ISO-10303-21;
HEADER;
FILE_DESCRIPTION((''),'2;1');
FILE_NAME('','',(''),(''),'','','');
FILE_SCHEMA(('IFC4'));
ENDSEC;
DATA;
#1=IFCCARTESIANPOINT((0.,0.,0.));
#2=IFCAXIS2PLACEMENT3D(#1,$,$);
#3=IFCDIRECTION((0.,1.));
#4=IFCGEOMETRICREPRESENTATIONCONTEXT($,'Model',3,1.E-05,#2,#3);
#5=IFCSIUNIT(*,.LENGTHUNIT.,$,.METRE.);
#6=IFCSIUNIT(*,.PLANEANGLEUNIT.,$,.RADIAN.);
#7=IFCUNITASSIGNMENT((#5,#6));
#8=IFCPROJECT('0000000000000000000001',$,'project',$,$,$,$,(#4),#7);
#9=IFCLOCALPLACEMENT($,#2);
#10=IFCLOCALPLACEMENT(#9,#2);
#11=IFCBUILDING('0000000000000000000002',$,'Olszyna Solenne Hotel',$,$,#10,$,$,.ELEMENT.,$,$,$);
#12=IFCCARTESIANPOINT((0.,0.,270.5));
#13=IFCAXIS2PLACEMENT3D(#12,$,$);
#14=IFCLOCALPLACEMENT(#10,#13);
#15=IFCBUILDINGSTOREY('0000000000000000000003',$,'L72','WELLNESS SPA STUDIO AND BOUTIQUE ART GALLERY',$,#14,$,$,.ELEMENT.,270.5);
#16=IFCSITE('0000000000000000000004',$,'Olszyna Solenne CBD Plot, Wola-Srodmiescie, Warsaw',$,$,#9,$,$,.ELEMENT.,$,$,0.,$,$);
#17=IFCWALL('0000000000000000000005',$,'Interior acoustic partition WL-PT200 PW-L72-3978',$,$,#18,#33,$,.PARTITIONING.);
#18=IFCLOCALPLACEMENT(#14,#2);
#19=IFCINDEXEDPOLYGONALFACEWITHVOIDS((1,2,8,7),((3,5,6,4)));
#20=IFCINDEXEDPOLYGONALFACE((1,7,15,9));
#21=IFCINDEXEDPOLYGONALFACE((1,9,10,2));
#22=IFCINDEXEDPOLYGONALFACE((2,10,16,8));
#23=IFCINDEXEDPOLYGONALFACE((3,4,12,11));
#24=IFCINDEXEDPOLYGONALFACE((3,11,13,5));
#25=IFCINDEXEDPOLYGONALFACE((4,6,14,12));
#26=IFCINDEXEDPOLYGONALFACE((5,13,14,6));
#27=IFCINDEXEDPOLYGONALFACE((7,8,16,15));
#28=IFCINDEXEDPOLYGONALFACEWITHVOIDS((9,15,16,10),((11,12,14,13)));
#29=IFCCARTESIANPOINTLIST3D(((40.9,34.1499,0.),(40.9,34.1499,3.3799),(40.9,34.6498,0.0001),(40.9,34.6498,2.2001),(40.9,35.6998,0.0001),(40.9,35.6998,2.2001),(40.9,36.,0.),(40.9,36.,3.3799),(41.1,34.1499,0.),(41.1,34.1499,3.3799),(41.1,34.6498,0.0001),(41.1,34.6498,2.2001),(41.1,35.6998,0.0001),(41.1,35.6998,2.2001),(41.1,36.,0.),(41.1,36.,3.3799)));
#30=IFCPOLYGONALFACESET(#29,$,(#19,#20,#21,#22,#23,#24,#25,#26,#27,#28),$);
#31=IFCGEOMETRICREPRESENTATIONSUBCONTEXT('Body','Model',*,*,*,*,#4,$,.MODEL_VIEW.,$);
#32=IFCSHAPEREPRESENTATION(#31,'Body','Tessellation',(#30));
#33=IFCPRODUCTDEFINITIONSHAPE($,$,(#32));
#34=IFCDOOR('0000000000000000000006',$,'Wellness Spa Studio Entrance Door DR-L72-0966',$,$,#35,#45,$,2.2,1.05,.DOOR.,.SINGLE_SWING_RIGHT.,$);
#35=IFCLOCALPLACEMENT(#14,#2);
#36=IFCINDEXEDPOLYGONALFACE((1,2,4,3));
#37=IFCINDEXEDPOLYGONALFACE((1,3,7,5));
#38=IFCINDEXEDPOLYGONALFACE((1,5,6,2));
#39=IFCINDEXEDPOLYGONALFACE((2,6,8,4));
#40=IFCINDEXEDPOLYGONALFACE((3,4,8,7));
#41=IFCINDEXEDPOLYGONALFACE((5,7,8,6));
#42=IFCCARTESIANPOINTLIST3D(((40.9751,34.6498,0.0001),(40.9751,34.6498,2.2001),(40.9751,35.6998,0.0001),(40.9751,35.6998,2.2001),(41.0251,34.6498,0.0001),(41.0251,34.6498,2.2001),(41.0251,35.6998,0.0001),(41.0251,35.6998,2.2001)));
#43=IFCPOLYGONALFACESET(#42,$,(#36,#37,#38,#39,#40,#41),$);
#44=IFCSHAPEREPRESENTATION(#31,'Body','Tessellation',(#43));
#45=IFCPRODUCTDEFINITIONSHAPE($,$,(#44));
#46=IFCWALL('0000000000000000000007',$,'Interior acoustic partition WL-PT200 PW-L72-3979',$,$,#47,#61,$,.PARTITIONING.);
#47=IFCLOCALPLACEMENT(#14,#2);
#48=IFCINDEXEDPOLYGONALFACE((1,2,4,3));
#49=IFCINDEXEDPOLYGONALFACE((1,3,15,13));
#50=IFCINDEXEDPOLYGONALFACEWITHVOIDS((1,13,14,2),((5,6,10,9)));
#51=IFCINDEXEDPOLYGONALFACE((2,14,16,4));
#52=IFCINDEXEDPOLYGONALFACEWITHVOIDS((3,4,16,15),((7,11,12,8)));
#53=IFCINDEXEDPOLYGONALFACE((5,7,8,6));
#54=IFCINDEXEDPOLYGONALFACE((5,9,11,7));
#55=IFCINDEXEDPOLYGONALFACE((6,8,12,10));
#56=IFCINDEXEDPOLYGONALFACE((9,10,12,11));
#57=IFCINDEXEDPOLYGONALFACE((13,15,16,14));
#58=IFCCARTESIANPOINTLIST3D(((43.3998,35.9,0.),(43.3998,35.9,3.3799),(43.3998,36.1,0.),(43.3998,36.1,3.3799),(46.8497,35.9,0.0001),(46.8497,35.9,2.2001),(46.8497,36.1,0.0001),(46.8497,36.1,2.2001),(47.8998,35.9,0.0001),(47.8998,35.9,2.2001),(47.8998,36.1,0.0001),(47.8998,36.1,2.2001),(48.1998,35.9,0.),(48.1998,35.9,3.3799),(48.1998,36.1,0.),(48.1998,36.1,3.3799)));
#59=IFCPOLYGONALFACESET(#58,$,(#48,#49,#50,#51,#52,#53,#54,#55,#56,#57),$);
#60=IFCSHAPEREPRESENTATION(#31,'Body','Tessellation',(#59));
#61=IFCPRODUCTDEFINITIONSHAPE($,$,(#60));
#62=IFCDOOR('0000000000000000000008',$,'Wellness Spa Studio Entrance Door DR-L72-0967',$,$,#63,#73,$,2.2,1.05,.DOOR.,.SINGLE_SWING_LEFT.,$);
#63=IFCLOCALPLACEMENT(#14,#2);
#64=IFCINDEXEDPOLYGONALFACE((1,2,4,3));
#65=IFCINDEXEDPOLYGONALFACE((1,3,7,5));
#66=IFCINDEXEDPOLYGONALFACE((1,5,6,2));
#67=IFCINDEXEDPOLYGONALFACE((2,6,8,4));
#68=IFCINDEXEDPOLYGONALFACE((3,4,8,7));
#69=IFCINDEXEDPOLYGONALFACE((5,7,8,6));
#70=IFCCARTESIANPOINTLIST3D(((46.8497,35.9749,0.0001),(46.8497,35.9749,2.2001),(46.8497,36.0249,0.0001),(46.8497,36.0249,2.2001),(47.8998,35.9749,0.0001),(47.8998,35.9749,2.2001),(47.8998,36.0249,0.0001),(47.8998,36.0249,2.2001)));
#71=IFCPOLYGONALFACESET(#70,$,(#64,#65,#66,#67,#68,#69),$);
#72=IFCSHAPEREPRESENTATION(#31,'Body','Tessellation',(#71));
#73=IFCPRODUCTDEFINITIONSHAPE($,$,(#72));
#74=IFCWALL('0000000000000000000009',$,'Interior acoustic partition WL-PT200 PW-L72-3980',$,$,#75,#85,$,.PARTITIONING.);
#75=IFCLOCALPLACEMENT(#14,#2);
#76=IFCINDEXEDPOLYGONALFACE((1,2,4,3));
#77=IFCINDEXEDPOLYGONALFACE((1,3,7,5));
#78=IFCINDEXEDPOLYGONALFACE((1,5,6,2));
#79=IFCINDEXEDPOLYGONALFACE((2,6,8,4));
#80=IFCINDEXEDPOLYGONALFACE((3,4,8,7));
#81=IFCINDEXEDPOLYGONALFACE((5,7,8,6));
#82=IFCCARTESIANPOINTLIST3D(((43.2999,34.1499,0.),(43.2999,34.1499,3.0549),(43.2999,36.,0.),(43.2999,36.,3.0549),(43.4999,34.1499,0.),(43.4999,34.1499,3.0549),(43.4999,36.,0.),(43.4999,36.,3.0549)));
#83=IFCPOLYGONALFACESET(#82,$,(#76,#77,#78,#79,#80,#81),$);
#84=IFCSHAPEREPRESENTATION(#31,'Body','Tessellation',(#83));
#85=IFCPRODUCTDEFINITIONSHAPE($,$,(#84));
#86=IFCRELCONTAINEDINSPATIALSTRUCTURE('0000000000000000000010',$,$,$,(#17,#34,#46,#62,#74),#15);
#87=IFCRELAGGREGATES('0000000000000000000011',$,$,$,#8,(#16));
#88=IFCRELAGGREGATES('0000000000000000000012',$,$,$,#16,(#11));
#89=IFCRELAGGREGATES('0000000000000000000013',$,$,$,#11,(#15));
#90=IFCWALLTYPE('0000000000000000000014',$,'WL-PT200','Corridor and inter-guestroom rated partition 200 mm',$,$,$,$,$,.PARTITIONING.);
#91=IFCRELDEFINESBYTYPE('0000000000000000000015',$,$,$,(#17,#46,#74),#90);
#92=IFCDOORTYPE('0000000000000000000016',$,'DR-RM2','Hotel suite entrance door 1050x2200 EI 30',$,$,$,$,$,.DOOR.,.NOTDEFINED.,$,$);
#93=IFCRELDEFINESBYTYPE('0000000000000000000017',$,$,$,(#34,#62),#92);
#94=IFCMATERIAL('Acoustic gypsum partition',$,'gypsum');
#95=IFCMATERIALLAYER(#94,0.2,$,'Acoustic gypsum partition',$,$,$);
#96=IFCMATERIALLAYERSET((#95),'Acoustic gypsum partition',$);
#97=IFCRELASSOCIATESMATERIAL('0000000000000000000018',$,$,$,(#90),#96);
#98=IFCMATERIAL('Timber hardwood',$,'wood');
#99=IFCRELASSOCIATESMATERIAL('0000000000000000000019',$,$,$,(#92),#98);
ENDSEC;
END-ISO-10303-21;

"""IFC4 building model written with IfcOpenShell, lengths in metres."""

from ifc_helpers import new_model, si_unit, direction, frame, frame_2d, origin, place, context, subcontext, project, spatial, rectangle, extrude, source, transform, mapped, material, layer, layer_set, type_object, type_shapes, element, fill, save


model = new_model("IFC4")

# Units and contexts
model_context = context("Model", 3, precision=1e-05, world=origin(), true_north=direction((0.0, 1.0)))
body_context = subcontext(model_context, "Body", "Model", "MODEL_VIEW")
ifc_project = project(units=[si_unit("LENGTHUNIT", "METRE"), si_unit("PLANEANGLEUNIT", "RADIAN")], contexts=[model_context])

# Site, building, storey
site_placement = place(None, origin())
site = spatial("IfcSite", under=ifc_project, at=site_placement, Name="Olszyna Solenne CBD Plot, Wola-Srodmiescie, Warsaw", CompositionType="ELEMENT", RefElevation=0.0)
building_placement = place(site_placement, origin())
building = spatial("IfcBuilding", under=site, at=building_placement, Name="Olszyna Solenne Hotel", CompositionType="ELEMENT")
storey_placement = place(building_placement, frame((0.0, 0.0, 270.5)))
storey = spatial("IfcBuildingStorey", under=building, at=storey_placement, Name="L72", Description="WELLNESS SPA STUDIO AND BOUTIQUE ART GALLERY", CompositionType="ELEMENT", Elevation=270.5)

# Shared definitions
ifc_material_1 = material(Name="Timber hardwood", Category="wood")

# Shared definitions
ifc_material_2 = material(Name="Acoustic gypsum partition", Category="gypsum")
ifc_layer_1 = layer(ifc_material_2, 0.2, Name="Acoustic gypsum partition")
ifc_layer_set_1 = layer_set([ifc_layer_1], Name="Acoustic gypsum partition")
wall_type_1 = type_object("IfcWallType", Name="WL-PT200", Description="Corridor and inter-guestroom rated partition 200 mm", PredefinedType="PARTITIONING", material=ifc_layer_set_1)

# Walls, openings, doors
wall_1_placement = place(storey_placement, frame((41.0, 34.1499, 0.0), z_axis=(0.0, 0.0, 1.0), x_axis=(0.0, 1.0, 0.0)))
wall_1 = element("IfcWall", 1, at=wall_1_placement, inside=storey, type_object=wall_type_1, Name="Interior acoustic partition WL-PT200 PW-L72-3978", PredefinedType="PARTITIONING", context=body_context, shape_type="SweptSolid", body=[
    extrude(rectangle(XDim=1.8501, YDim=0.2, at=frame_2d((0.925, 0.0))), origin(), (0.0, 0.0, 1.0), 3.3799),
])
opening_1_placement = place(wall_1_placement, frame((0.5, 0.0, 0.0)))
opening_1 = element("IfcOpeningElement", 2, at=opening_1_placement, cuts=wall_1, PredefinedType="OPENING", context=body_context, shape_type="SweptSolid", body=[
    extrude(rectangle(XDim=1.05, YDim=2.2, at=frame_2d((0.5249, 1.1001))), frame((0.0, 0.1099, 0.0), z_axis=(0.0, -1.0, 0.0), x_axis=(1.0, 0.0, 0.0)), (0.0, 0.0, 1.0), 0.22),
])
door_type_1 = type_object("IfcDoorType", Name="DR-RM2", Description="Hotel suite entrance door 1050x2200 EI 30", OperationType="NOTDEFINED", PredefinedType="DOOR", material=ifc_material_1)
shared_shape_1 = source(origin(), body_context, "Body", "SweptSolid", [
    extrude(rectangle(XDim=1.05, YDim=2.2, at=frame_2d((0.5249, 1.1001))), frame((0.0, 0.0249, 0.0), z_axis=(0.0, -1.0, 0.0), x_axis=(1.0, 0.0, 0.0)), (0.0, 0.0, 1.0), 0.05),
])
type_shapes(door_type_1, [shared_shape_1])
door_1_placement = place(opening_1_placement, origin())
door_1 = element("IfcDoor", 3, at=door_1_placement, inside=storey, type_object=door_type_1, Name="Wellness Spa Studio Entrance Door DR-L72-0966", OperationType="SINGLE_SWING_RIGHT", OverallHeight=2.2, OverallWidth=1.05, PredefinedType="DOOR", context=body_context, shape_type="MappedRepresentation", body=[
    mapped(shared_shape_1, transform((0.0, 0.0, 0.0), x_axis=(1.0, 0.0, 0.0), y_axis=(0.0, 1.0, 0.0), z_axis=(0.0, 0.0, 1.0), scale=1.0)),
])
fill(opening_1, door_1)
wall_2_placement = place(storey_placement, frame((43.3999, 36.0, 0.0), z_axis=(0.0, 0.0, 1.0), x_axis=(1.0, 0.0, 0.0)))
wall_2 = element("IfcWall", 4, at=wall_2_placement, inside=storey, type_object=wall_type_1, Name="Interior acoustic partition WL-PT200 PW-L72-3979", PredefinedType="PARTITIONING", context=body_context, shape_type="SweptSolid", body=[
    extrude(rectangle(XDim=4.8, YDim=0.2, at=frame_2d((2.3999, 0.0))), origin(), (0.0, 0.0, 1.0), 3.3799),
])
opening_2_placement = place(wall_2_placement, frame((3.45, 0.0, 0.0)))
opening_2 = element("IfcOpeningElement", 5, at=opening_2_placement, cuts=wall_2, PredefinedType="OPENING", context=body_context, shape_type="SweptSolid", body=[
    extrude(rectangle(XDim=1.05, YDim=2.2, at=frame_2d((0.5249, 1.1001))), frame((0.0, 0.1099, 0.0), z_axis=(0.0, -1.0, 0.0), x_axis=(1.0, 0.0, 0.0)), (0.0, 0.0, 1.0), 0.22),
])
door_2_placement = place(opening_2_placement, origin())
door_2 = element("IfcDoor", 6, at=door_2_placement, inside=storey, type_object=door_type_1, Name="Wellness Spa Studio Entrance Door DR-L72-0967", OperationType="SINGLE_SWING_LEFT", OverallHeight=2.2, OverallWidth=1.05, PredefinedType="DOOR", context=body_context, shape_type="MappedRepresentation", body=[
    mapped(shared_shape_1, transform((0.0, 0.0, 0.0), x_axis=(1.0, 0.0, 0.0), y_axis=(0.0, 1.0, 0.0), z_axis=(0.0, 0.0, 1.0), scale=1.0)),
])
fill(opening_2, door_2)

# Wall
wall_3_placement = place(storey_placement, frame((43.3999, 34.1499, 0.0), z_axis=(0.0, 0.0, 1.0), x_axis=(0.0, 1.0, 0.0)))
element("IfcWall", 7, at=wall_3_placement, inside=storey, type_object=wall_type_1, Name="Interior acoustic partition WL-PT200 PW-L72-3980", PredefinedType="PARTITIONING", context=body_context, shape_type="SweptSolid", body=[
    extrude(rectangle(XDim=1.8501, YDim=0.2, at=frame_2d((0.925, 0.0))), origin(), (0.0, 0.0, 1.0), 3.0549),
])

save(model, "model.ifc")
